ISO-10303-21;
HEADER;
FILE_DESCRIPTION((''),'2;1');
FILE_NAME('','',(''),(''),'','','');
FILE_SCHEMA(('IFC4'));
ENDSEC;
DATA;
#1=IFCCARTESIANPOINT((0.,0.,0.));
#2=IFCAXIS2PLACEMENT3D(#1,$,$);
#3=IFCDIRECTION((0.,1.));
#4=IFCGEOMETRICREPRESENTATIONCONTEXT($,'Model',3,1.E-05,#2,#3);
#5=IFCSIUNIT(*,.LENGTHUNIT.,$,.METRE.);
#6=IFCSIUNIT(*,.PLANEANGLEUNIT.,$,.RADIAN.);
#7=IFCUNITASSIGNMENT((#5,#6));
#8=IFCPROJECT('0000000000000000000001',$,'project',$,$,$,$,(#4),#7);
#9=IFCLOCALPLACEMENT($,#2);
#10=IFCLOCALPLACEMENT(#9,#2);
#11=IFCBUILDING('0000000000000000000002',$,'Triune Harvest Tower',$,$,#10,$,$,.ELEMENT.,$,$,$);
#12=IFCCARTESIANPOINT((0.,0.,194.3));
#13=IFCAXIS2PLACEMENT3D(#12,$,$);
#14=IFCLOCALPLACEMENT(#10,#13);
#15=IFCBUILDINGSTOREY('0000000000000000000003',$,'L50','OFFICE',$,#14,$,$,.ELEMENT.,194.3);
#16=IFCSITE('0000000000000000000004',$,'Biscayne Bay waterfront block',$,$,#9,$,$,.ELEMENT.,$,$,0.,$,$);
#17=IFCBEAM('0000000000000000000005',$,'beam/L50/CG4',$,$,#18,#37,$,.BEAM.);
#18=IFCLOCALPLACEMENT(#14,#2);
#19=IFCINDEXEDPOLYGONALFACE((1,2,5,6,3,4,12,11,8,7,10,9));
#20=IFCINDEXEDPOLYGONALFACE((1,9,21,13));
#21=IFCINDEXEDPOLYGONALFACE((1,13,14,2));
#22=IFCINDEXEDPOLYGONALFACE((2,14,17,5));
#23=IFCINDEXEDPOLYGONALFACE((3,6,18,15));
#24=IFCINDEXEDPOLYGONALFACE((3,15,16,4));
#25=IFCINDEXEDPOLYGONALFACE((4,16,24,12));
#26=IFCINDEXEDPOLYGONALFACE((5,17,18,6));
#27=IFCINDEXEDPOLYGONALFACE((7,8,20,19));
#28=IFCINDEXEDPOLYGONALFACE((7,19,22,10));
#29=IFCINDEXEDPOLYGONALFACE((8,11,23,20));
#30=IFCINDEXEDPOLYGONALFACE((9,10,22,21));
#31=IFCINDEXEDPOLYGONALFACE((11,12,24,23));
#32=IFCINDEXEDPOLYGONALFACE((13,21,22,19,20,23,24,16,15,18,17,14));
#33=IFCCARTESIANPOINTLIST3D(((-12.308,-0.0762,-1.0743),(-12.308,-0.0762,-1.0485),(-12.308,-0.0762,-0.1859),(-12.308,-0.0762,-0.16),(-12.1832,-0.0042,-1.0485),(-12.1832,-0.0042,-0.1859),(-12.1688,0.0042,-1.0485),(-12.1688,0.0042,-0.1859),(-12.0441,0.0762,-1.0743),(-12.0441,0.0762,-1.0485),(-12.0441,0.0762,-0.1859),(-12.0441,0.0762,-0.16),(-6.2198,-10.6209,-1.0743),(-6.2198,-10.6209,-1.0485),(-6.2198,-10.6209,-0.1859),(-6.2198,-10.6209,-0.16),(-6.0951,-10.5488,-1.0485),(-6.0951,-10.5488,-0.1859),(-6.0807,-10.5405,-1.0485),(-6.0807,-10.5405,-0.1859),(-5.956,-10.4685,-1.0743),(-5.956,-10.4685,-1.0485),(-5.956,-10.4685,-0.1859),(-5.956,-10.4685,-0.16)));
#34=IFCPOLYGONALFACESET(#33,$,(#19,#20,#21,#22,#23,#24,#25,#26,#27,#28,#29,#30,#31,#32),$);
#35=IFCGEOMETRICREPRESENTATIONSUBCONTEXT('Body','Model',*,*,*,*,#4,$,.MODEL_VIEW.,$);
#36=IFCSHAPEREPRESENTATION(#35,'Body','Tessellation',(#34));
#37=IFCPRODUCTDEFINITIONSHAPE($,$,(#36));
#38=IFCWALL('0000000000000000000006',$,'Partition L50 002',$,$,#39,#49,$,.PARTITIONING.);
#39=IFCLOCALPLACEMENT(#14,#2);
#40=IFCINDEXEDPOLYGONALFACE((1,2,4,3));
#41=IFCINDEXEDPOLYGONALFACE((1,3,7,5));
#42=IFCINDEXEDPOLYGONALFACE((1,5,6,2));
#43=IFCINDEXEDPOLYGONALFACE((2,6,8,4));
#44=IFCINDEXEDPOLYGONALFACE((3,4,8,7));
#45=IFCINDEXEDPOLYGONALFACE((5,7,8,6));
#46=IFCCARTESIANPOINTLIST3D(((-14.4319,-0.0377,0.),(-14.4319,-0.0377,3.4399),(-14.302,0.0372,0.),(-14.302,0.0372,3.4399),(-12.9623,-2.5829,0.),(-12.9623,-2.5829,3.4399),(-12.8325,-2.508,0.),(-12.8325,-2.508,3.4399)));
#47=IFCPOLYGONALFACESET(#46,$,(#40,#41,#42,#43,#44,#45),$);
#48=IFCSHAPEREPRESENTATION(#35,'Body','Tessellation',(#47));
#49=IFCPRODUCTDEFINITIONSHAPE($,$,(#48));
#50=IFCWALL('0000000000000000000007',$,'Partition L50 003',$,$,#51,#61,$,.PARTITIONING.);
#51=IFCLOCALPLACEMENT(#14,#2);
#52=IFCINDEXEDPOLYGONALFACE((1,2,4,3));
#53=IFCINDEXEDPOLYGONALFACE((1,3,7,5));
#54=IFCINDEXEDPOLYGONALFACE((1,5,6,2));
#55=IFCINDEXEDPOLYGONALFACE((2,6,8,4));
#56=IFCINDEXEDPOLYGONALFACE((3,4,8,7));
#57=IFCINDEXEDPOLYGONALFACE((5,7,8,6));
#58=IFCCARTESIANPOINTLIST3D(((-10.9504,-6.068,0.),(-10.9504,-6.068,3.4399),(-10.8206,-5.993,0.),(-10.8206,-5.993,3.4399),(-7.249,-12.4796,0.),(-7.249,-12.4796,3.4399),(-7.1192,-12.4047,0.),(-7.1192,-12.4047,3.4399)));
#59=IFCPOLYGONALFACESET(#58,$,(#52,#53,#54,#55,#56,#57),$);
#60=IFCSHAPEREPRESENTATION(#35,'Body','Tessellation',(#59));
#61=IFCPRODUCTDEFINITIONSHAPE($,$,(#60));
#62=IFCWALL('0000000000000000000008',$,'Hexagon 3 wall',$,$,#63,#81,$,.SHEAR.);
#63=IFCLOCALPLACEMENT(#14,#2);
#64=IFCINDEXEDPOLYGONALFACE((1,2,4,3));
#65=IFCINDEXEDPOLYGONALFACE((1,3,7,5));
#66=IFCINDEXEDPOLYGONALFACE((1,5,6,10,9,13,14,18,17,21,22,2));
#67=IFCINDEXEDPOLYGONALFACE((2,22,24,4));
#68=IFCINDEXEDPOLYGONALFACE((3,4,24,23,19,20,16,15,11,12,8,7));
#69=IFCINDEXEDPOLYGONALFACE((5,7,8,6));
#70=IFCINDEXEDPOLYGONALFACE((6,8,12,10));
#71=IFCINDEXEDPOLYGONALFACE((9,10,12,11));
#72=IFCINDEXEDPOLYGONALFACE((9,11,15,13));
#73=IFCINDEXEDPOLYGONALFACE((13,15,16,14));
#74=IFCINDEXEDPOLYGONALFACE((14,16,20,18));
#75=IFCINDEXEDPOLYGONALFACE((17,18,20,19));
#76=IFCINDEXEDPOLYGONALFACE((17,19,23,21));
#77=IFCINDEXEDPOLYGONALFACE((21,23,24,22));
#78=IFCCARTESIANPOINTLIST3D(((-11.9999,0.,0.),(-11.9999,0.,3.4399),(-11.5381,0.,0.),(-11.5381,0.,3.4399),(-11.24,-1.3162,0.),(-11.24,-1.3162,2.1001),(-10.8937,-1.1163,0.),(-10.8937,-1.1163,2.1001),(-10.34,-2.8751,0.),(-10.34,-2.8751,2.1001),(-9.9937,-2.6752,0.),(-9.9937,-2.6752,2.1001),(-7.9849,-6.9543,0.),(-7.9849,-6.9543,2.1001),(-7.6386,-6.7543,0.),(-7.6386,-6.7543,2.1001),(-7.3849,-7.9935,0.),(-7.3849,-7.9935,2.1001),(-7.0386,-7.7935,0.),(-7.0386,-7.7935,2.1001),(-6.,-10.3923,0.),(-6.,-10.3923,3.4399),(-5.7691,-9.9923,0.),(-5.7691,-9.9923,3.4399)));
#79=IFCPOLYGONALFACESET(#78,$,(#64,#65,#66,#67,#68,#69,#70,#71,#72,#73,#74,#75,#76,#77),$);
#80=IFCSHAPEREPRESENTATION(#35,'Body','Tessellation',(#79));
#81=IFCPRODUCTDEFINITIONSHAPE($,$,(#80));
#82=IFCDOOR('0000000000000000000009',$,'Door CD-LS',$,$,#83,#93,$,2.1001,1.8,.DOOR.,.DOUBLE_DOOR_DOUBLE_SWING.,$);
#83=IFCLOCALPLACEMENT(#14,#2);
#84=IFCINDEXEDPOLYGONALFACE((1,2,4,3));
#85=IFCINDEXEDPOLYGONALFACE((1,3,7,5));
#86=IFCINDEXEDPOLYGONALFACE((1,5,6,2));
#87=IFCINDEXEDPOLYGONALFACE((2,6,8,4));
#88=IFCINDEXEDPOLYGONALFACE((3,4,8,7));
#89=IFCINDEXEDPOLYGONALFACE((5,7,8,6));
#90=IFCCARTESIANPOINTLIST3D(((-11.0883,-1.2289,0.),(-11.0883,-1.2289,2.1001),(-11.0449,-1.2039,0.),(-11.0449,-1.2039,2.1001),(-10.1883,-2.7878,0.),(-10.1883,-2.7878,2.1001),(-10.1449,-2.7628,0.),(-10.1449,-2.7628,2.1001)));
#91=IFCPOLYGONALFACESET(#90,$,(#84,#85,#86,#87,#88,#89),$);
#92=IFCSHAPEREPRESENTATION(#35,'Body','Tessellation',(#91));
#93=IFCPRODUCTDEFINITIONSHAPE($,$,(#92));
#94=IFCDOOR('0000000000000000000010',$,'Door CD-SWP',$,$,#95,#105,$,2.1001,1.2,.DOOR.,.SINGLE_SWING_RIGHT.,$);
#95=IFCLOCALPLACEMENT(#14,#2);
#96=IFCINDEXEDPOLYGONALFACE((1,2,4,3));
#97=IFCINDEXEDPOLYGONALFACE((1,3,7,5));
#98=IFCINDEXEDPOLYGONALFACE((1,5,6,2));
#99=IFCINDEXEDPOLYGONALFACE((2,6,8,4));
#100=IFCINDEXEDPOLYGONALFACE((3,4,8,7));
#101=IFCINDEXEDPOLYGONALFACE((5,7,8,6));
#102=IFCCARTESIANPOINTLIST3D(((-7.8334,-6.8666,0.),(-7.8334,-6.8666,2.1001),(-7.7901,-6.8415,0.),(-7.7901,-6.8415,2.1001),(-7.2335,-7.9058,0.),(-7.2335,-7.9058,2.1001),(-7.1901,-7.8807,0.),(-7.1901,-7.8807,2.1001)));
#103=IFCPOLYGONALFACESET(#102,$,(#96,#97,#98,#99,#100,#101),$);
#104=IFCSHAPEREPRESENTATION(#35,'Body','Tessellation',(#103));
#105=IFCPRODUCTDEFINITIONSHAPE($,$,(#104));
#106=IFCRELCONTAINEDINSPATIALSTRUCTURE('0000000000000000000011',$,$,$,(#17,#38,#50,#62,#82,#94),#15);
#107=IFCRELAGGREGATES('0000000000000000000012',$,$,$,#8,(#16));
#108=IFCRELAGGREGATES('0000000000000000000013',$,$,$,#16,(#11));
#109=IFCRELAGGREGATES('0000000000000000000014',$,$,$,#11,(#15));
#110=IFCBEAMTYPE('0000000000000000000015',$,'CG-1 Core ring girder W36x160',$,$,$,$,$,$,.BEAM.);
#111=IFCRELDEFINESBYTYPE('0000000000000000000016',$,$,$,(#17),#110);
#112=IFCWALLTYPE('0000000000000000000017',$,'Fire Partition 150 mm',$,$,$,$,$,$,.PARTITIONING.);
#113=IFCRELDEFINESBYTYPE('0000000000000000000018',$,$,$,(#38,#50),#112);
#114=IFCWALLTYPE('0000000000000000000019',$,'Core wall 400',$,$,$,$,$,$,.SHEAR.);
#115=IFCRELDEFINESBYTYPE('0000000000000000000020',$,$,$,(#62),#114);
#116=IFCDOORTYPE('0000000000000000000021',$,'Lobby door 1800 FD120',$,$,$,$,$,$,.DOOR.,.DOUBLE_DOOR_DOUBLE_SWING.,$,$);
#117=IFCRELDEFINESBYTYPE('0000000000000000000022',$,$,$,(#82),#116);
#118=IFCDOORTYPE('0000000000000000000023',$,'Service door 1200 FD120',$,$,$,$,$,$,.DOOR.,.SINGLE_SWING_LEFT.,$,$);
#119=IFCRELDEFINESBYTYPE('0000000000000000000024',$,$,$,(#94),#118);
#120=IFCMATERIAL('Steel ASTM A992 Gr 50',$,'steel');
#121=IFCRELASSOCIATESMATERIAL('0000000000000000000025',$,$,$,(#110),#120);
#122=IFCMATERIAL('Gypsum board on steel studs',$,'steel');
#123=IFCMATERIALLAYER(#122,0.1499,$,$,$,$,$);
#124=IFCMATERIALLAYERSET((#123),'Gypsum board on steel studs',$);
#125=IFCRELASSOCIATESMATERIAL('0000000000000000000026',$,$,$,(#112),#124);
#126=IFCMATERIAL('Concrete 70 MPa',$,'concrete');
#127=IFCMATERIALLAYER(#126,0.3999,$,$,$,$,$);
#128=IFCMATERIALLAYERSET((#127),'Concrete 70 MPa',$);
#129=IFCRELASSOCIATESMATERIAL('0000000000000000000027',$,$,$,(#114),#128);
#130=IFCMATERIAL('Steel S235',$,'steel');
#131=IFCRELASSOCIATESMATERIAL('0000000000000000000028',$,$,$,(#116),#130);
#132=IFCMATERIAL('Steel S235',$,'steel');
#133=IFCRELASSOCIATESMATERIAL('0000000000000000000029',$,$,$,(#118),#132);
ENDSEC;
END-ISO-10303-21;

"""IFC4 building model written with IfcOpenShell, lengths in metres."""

from ifc_helpers import new_model, si_unit, direction, frame, frame_2d, origin, origin_2d, place, context, subcontext, project, spatial, polyline, rectangle, i_section, outline, extrude, source, transform, mapped, material, layer, layer_set, material_profile, profile_set, type_object, element, fill, save


model = new_model("IFC4")

# Units and contexts
model_context = context("Model", 3, precision=1e-05, world=origin(), true_north=direction((0.0, 1.0)))
body_context = subcontext(model_context, "Body", "Model", "MODEL_VIEW")
ifc_project = project(units=[si_unit("LENGTHUNIT", "METRE"), si_unit("PLANEANGLEUNIT", "RADIAN")], contexts=[model_context])

# Site, building, storey
site_placement = place(None, origin())
site = spatial("IfcSite", under=ifc_project, at=site_placement, Name="Biscayne Bay waterfront block", CompositionType="ELEMENT", RefElevation=0.0)
building_placement = place(site_placement, origin())
building = spatial("IfcBuilding", under=site, at=building_placement, Name="Triune Harvest Tower", CompositionType="ELEMENT")
storey_placement = place(building_placement, frame((0.0, 0.0, 194.3)))
storey = spatial("IfcBuildingStorey", under=building, at=storey_placement, Name="L50", Description="OFFICE", CompositionType="ELEMENT", Elevation=194.3)

# Beam
ifc_material_1 = material(Name="Steel ASTM A992 Gr 50", Category="steel")
ifc_material_profile = material_profile(ifc_material_1, i_section(OverallWidth=0.3047, OverallDepth=0.9143, WebThickness=0.0166, FlangeThickness=0.0259, at=origin_2d()), Name="W36x160")
ifc_profile_set = profile_set([ifc_material_profile], Name="Steel ASTM A992 Gr 50")
beam_type = type_object("IfcBeamType", Name="CG-1 Core ring girder W36x160", PredefinedType="BEAM", material=ifc_profile_set)
shared_shape_1 = source(origin(), body_context, "Body", "SweptSolid", [
    extrude(i_section(OverallWidth=0.3047, OverallDepth=0.9143, WebThickness=0.0166, FlangeThickness=0.0259, at=origin_2d()), origin(), (0.0, 0.0, 1.0), 12.176),
])
beam_placement = place(storey_placement, frame((-12.176, 0.0, -0.6172), z_axis=(0.50001, -0.86602, 0.0), x_axis=(0.86602, 0.50001, 0.0)))
element("IfcBeam", 1, at=beam_placement, inside=storey, type_object=beam_type, Name="beam/L50/CG4", PredefinedType="BEAM", context=body_context, shape_type="MappedRepresentation", body=[
    mapped(shared_shape_1, transform((0.0, 0.0, 0.0), scale=1.0)),
])

# Walls
ifc_material_2 = material(Name="Gypsum board on steel studs", Category="steel")
ifc_layer_1 = layer(ifc_material_2, 0.1499)
ifc_layer_set_1 = layer_set([ifc_layer_1], Name="Gypsum board on steel studs")
wall_type_1 = type_object("IfcWallType", Name="Fire Partition 150 mm", PredefinedType="PARTITIONING", material=ifc_layer_set_1)
wall_1_placement = place(storey_placement, frame((-14.3669, -0.0002, 0.0), z_axis=(0.0, 0.0, 1.0), x_axis=(0.500008, -0.866021, 0.0)))
element("IfcWall", 2, at=wall_1_placement, inside=storey, type_object=wall_type_1, Name="Partition L50 002", PredefinedType="PARTITIONING", context=body_context, shape_type="SweptSolid", body=[
    extrude(rectangle(XDim=2.939, YDim=0.1499, at=frame_2d((1.4695, 0.0))), origin(), (0.0, 0.0, 1.0), 3.4399),
])
wall_2_placement = place(storey_placement, frame((-10.8855, -6.0305, 0.0), z_axis=(0.0, 0.0, 1.0), x_axis=(0.499966, -0.866045, 0.0)))
element("IfcWall", 3, at=wall_2_placement, inside=storey, type_object=wall_type_1, Name="Partition L50 003", PredefinedType="PARTITIONING", context=body_context, shape_type="SweptSolid", body=[
    extrude(rectangle(XDim=7.4033, YDim=0.1499, at=frame_2d((3.7017, 0.0))), origin(), (0.0, 0.0, 1.0), 3.4399),
])

# Wall, openings, doors
ifc_material_3 = material(Name="Concrete 70 MPa", Category="concrete")
ifc_layer_2 = layer(ifc_material_3, 0.3999)
ifc_layer_set_2 = layer_set([ifc_layer_2], Name="Concrete 70 MPa")
wall_type_2 = type_object("IfcWallType", Name="Core wall 400", PredefinedType="SHEAR", material=ifc_layer_set_2)
shared_shape_2 = source(origin(), body_context, "Body", "SweptSolid", [
    extrude(outline(polyline([(-0.1155, -0.2), (11.8845, -0.2), (11.6536, 0.2), (0.1155, 0.2), (-0.1155, -0.2)])), origin(), (0.0, 0.0, 1.0), 3.4399),
])
wall_3_placement = place(storey_placement, frame((-11.769, 0.0, 0.0), z_axis=(0.0, 0.0, 1.0), x_axis=(0.499997, -0.866027, 0.0)))
wall_3 = element("IfcWall", 4, at=wall_3_placement, inside=storey, type_object=wall_type_2, Name="Hexagon 3 wall", PredefinedType="SHEAR", context=body_context, shape_type="MappedRepresentation", body=[
    mapped(shared_shape_2, transform((0.0, 0.0, 0.0), scale=1.0)),
])
opening_1_placement = place(wall_3_placement, frame((1.4045, 0.0, 0.0)))
opening_1 = element("IfcOpeningElement", 5, at=opening_1_placement, cuts=wall_3, PredefinedType="OPENING", context=body_context, shape_type="SweptSolid", body=[
    extrude(rectangle(XDim=1.8, YDim=2.1001, at=frame_2d((0.8999, 1.05))), frame((0.0, 0.21, 0.0), z_axis=(0.0, -1.0, 0.0), x_axis=(1.0, 0.0, 0.0)), (0.0, 0.0, 1.0), 0.4199),
])
opening_2_placement = place(wall_3_placement, frame((7.9146, 0.0, 0.0)))
opening_2 = element("IfcOpeningElement", 6, at=opening_2_placement, cuts=wall_3, PredefinedType="OPENING", context=body_context, shape_type="SweptSolid", body=[
    extrude(rectangle(XDim=1.2, YDim=2.1001, at=frame_2d((0.6001, 1.05))), frame((0.0, 0.21, 0.0), z_axis=(0.0, -1.0, 0.0), x_axis=(1.0, 0.0, 0.0)), (0.0, 0.0, 1.0), 0.4199),
])
ifc_material_4 = material(Name="Steel S235", Category="steel")
door_type_1 = type_object("IfcDoorType", Name="Lobby door 1800 FD120", OperationType="DOUBLE_DOOR_DOUBLE_SWING", PredefinedType="DOOR", material=ifc_material_4)
door_1_placement = place(opening_1_placement, frame((1.8, 0.0, 0.0), z_axis=(0.0, 0.0, 1.0), x_axis=(-1.0, 0.0, 0.0)))
door_1 = element("IfcDoor", 7, at=door_1_placement, inside=storey, type_object=door_type_1, Name="Door CD-LS", OperationType="DOUBLE_DOOR_DOUBLE_SWING", OverallHeight=2.1001, OverallWidth=1.8, PredefinedType="DOOR", context=body_context, shape_type="SweptSolid", body=[
    extrude(rectangle(XDim=1.8, YDim=2.1001, at=frame_2d((0.8999, 1.05))), frame((0.0, 0.0249, 0.0), z_axis=(0.0, -1.0, 0.0), x_axis=(1.0, 0.0, 0.0)), (0.0, 0.0, 1.0), 0.05),
])
fill(opening_1, door_1)
ifc_material_5 = material(Name="Steel S235", Category="steel")
door_type_2 = type_object("IfcDoorType", Name="Service door 1200 FD120", OperationType="SINGLE_SWING_LEFT", PredefinedType="DOOR", material=ifc_material_5)
door_2_placement = place(opening_2_placement, frame((1.2, 0.0, 0.0), z_axis=(0.0, 0.0, 1.0), x_axis=(-1.0, 0.0, 0.0)))
door_2 = element("IfcDoor", 8, at=door_2_placement, inside=storey, type_object=door_type_2, Name="Door CD-SWP", OperationType="SINGLE_SWING_RIGHT", OverallHeight=2.1001, OverallWidth=1.2, PredefinedType="DOOR", context=body_context, shape_type="SweptSolid", body=[
    extrude(rectangle(XDim=1.2, YDim=2.1001, at=frame_2d((0.6001, 1.05))), frame((0.0, 0.0249, 0.0), z_axis=(0.0, -1.0, 0.0), x_axis=(1.0, 0.0, 0.0)), (0.0, 0.0, 1.0), 0.05),
])
fill(opening_2, door_2)

save(model, "model.ifc")
